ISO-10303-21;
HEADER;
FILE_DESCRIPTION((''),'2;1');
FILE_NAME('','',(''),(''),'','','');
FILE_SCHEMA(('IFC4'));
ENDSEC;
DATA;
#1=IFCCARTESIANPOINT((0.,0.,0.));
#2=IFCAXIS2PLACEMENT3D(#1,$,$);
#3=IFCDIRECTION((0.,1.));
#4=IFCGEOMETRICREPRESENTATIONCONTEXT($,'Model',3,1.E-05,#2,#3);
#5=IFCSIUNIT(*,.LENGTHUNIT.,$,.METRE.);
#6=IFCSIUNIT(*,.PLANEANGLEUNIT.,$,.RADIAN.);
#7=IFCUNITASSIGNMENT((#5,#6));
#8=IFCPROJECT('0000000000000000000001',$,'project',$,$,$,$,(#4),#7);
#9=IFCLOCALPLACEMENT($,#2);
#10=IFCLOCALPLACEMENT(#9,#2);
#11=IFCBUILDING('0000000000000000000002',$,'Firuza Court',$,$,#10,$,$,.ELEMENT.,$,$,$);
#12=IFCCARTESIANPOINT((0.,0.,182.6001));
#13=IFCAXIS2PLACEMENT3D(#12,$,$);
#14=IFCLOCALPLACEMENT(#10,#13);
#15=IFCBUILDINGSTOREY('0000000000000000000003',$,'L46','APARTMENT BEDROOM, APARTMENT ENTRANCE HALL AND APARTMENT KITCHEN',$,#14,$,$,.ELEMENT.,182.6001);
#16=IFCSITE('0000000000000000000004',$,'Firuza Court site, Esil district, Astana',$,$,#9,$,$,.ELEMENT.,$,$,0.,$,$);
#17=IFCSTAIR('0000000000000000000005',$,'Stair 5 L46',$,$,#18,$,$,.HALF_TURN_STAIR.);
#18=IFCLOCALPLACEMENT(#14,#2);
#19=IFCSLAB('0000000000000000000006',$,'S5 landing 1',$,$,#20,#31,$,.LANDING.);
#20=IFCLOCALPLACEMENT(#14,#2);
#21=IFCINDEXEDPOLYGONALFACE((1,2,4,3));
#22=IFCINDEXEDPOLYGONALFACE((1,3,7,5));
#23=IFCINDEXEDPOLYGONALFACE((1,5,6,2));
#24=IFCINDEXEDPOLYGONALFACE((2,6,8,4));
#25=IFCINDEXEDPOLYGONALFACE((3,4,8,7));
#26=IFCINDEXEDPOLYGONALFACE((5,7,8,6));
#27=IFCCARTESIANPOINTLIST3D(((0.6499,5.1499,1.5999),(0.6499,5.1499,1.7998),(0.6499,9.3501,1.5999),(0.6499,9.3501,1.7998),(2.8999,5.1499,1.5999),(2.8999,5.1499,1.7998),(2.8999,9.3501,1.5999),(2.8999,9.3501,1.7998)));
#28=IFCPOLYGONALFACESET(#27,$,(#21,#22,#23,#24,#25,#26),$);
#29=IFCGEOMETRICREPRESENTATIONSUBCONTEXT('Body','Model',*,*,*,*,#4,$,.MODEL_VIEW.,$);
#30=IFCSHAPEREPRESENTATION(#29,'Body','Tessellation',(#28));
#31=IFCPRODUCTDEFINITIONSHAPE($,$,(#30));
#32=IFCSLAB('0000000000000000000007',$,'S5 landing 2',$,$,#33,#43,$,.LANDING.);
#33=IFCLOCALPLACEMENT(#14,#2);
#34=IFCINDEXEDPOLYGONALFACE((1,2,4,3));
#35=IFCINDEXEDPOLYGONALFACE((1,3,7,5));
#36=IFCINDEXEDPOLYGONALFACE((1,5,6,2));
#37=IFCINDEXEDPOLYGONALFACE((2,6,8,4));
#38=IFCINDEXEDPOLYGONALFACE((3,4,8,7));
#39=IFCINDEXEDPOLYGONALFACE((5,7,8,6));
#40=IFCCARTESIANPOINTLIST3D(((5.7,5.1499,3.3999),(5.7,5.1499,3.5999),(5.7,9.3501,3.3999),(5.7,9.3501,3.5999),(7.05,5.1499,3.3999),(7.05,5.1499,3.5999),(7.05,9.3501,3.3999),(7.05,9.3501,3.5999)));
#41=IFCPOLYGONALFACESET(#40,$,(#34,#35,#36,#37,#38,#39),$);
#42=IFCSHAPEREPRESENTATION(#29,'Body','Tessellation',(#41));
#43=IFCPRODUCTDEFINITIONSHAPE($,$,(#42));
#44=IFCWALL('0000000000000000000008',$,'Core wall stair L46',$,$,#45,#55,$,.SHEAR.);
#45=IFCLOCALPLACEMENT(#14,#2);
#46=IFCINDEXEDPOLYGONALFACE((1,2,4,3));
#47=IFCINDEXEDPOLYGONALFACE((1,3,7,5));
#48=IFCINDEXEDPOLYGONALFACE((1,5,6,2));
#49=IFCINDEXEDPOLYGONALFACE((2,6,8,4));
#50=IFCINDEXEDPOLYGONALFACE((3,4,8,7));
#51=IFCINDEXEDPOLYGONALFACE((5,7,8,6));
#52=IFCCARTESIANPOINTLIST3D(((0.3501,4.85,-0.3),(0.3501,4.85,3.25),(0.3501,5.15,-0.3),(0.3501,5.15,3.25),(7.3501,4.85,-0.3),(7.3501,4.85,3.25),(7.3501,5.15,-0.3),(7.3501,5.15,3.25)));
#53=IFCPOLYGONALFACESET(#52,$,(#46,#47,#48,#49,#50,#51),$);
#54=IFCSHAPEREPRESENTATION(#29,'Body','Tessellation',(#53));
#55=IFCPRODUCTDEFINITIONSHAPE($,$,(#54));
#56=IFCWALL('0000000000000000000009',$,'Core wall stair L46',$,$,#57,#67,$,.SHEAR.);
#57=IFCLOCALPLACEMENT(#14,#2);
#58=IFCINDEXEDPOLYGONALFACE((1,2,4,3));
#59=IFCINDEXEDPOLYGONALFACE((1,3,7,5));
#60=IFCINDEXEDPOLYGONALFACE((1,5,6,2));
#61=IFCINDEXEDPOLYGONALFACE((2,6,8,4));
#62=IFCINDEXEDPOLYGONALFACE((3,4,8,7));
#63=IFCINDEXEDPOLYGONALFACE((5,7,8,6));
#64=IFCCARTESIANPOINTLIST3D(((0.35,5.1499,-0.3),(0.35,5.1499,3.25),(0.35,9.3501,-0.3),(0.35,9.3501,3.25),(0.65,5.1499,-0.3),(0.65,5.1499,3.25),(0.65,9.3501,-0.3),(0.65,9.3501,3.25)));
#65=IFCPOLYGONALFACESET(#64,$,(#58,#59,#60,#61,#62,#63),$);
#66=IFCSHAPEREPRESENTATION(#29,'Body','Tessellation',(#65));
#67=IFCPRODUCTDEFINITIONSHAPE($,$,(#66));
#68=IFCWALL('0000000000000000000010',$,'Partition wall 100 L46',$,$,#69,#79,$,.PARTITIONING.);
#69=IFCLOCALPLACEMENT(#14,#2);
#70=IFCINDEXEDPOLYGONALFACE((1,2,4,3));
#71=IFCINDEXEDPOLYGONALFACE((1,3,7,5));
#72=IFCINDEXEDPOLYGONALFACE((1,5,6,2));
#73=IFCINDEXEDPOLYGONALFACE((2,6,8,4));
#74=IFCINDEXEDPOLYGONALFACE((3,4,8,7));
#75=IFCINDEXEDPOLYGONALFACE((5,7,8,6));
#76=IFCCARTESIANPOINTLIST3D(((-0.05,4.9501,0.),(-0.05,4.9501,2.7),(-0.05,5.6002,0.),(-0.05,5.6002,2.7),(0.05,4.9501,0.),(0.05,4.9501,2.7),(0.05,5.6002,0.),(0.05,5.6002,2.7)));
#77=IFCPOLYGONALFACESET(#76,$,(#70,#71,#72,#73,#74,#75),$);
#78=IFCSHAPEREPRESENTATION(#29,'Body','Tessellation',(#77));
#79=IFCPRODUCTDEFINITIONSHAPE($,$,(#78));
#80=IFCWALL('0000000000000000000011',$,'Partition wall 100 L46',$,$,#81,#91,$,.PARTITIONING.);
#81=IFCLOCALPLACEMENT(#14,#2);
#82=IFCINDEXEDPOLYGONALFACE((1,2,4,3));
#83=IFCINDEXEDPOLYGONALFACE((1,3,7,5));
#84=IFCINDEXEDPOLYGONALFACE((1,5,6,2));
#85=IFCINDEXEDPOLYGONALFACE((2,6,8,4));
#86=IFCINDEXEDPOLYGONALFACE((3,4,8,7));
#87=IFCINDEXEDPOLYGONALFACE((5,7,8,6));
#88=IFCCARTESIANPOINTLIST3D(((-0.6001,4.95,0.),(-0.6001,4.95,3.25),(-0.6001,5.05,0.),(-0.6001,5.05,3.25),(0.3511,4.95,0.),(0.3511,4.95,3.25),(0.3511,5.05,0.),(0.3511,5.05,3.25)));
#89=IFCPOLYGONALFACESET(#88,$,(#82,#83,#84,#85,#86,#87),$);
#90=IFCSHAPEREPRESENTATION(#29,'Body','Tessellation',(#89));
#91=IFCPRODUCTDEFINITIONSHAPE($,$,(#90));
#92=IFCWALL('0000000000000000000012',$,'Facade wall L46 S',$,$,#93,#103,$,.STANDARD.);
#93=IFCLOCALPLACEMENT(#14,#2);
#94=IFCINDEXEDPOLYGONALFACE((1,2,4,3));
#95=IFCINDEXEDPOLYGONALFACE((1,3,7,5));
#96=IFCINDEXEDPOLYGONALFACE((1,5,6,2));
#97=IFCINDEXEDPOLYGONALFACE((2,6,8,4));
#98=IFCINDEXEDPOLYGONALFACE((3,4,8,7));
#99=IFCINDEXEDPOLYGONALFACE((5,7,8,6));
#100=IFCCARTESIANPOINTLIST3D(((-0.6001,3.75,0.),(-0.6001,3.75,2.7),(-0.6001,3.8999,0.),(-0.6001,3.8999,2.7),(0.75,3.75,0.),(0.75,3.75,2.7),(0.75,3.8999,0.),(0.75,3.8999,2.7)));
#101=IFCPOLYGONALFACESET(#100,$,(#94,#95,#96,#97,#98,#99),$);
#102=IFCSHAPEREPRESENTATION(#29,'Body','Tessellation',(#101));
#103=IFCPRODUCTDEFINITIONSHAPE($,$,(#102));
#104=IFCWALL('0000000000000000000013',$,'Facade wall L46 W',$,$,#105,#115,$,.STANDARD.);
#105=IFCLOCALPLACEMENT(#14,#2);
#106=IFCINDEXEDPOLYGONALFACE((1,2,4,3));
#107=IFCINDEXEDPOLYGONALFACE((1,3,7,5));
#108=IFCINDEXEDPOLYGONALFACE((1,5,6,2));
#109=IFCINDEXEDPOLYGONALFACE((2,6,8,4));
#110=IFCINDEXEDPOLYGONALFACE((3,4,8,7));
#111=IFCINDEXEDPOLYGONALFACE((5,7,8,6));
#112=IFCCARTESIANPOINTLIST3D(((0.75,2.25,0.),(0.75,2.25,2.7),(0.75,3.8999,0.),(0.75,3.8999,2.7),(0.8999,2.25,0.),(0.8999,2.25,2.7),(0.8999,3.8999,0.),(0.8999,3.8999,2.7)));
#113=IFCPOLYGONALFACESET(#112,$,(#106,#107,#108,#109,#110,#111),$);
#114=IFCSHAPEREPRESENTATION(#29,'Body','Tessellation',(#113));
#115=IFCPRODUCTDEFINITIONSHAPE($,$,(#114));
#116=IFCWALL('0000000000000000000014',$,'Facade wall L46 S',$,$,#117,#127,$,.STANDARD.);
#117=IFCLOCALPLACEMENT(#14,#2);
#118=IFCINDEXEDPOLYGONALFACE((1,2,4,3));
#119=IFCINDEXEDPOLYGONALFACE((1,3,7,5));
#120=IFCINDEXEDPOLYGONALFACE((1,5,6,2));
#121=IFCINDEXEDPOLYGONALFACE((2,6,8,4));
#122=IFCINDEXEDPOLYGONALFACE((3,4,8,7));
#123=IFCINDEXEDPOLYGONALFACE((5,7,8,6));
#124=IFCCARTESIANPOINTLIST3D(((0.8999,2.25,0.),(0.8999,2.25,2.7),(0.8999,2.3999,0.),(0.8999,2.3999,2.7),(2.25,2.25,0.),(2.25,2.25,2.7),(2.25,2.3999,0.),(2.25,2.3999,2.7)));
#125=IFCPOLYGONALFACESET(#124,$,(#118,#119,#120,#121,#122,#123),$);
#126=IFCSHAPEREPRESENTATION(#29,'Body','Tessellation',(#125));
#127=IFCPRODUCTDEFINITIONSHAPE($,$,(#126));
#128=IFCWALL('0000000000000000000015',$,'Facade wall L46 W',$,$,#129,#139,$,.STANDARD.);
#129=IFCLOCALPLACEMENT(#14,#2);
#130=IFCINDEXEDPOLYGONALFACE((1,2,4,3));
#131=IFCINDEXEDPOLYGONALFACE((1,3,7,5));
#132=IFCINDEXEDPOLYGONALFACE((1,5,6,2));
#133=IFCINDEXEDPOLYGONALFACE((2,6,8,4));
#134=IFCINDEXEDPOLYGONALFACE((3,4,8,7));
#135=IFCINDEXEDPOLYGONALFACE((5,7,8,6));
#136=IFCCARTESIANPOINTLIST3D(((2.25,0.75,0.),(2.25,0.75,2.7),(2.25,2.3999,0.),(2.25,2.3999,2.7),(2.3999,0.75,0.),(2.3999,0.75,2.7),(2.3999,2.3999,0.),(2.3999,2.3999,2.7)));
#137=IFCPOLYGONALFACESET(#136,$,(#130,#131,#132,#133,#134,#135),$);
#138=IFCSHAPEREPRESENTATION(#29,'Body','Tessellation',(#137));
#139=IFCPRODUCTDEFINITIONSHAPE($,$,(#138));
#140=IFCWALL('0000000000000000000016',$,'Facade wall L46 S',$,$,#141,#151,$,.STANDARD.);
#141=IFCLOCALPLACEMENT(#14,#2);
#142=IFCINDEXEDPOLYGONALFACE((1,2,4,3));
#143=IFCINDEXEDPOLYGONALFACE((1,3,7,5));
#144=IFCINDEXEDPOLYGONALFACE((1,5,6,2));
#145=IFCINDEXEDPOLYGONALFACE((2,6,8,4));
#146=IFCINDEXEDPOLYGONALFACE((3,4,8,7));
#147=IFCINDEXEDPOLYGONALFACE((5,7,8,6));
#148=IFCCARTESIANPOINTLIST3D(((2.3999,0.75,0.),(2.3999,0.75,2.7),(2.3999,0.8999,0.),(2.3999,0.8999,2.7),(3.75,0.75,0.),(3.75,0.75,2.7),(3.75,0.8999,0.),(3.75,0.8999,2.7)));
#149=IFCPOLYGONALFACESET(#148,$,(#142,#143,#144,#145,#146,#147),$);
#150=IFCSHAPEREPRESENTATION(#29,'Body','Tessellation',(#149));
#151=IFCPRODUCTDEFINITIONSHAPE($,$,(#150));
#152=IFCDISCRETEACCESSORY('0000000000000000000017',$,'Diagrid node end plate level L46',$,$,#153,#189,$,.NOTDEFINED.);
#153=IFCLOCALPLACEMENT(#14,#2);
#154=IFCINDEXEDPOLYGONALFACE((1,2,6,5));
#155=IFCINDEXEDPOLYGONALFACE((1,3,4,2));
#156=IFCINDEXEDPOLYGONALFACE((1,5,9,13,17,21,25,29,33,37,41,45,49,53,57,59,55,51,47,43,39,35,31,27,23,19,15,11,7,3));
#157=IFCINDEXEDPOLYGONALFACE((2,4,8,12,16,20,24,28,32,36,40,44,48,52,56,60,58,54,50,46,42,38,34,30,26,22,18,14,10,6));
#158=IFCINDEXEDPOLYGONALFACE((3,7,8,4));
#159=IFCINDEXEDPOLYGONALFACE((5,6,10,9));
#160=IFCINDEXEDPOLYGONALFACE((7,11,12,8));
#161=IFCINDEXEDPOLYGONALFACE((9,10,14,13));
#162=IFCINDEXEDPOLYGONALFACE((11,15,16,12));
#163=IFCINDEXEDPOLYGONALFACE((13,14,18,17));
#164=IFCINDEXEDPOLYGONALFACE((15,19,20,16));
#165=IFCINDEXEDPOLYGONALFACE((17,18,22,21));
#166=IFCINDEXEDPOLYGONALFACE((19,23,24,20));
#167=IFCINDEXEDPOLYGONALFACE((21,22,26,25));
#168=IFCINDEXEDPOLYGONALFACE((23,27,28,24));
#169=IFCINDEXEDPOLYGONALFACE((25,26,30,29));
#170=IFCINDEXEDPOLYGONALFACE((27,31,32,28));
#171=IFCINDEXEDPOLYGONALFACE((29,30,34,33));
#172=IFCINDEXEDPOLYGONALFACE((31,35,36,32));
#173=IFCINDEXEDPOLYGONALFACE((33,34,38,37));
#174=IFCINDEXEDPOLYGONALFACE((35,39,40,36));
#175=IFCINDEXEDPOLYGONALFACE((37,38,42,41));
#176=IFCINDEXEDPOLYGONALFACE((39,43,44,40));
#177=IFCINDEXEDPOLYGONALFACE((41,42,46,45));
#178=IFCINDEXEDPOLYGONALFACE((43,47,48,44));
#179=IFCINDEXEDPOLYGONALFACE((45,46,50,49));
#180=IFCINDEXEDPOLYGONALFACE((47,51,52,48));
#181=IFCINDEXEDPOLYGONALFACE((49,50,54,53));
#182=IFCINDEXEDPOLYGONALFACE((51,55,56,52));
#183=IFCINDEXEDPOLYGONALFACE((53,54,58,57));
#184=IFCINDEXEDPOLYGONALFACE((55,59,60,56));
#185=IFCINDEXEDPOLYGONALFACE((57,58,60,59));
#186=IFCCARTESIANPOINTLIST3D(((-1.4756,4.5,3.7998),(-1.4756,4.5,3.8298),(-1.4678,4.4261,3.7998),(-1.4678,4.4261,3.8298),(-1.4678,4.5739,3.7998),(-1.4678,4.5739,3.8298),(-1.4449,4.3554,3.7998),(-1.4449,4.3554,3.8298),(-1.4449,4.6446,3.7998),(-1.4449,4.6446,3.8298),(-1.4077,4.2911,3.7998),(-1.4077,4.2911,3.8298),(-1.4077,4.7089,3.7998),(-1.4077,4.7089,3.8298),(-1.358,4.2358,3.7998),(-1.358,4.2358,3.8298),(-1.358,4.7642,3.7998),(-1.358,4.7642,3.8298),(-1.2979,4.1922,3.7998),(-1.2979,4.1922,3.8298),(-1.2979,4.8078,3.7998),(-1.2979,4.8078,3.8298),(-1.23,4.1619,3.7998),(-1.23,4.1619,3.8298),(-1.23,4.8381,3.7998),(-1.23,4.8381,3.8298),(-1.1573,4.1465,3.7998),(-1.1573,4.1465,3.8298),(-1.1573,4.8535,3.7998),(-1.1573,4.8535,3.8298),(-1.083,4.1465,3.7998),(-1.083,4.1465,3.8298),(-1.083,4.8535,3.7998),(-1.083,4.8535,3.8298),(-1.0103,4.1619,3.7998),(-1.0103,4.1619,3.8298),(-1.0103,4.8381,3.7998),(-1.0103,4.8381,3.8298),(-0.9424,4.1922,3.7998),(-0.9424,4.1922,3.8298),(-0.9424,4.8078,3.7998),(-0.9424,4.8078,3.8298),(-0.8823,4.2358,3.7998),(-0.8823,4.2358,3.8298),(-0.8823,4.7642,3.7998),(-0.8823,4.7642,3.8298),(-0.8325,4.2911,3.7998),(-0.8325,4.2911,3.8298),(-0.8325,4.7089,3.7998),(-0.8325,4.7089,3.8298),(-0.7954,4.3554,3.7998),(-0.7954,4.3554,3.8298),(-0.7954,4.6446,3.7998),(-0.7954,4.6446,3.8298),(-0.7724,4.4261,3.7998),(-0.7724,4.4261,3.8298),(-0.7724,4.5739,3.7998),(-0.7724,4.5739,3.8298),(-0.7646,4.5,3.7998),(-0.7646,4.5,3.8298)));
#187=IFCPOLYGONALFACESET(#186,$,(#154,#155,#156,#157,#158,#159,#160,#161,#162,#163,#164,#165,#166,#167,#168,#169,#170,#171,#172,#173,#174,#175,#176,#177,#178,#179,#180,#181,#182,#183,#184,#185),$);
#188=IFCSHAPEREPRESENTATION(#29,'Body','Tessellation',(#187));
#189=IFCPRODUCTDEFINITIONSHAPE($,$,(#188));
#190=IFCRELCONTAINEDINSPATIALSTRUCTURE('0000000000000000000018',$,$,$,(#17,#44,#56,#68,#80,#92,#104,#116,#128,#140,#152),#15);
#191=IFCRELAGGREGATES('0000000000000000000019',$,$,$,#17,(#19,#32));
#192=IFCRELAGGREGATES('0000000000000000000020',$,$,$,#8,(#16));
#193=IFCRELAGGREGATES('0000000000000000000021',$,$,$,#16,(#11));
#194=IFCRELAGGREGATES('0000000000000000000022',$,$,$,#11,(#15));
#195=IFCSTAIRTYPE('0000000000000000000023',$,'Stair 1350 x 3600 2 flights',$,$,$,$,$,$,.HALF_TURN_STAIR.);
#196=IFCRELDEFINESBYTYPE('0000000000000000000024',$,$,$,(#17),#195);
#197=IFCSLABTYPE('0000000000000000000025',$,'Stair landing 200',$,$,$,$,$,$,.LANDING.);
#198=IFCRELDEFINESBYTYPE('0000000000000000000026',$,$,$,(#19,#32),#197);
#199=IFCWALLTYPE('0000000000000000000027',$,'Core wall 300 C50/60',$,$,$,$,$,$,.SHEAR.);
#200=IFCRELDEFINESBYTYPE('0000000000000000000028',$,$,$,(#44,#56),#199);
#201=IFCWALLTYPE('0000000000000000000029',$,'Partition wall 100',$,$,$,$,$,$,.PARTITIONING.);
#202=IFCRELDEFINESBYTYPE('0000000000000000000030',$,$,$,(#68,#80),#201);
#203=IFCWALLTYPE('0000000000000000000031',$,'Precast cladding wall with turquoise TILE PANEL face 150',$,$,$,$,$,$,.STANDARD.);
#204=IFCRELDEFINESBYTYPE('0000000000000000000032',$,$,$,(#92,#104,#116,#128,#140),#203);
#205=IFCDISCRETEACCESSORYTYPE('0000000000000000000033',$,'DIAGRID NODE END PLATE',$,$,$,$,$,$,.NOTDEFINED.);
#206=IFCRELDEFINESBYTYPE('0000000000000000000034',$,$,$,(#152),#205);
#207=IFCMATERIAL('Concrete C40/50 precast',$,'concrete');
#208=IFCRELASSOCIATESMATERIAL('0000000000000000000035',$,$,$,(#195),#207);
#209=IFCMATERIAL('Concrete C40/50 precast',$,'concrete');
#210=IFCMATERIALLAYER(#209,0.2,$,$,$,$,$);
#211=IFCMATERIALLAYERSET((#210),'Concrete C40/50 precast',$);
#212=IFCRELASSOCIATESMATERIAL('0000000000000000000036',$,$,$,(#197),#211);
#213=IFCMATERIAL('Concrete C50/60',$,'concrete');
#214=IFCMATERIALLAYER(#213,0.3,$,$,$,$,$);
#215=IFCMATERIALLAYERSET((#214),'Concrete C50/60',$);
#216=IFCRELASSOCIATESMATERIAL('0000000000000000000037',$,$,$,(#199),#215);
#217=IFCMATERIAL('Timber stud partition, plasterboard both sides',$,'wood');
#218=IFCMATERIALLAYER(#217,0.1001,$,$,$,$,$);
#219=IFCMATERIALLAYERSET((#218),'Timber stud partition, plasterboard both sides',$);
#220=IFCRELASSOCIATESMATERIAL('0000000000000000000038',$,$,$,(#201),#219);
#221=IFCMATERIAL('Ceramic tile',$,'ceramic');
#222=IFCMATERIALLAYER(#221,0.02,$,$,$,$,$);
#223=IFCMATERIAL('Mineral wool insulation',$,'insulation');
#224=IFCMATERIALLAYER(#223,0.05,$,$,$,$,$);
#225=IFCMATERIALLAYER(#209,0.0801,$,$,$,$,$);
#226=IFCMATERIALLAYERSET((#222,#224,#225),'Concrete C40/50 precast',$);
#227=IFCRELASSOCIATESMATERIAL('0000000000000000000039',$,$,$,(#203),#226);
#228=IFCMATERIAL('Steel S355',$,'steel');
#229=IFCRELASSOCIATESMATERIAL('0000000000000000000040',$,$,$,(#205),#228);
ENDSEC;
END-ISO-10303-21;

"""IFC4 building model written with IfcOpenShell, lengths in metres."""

from ifc_helpers import new_model, si_unit, direction, frame, frame_2d, origin, origin_2d, place, context, subcontext, project, spatial, polyline, rectangle, circle, outline, extrude, material, layer, layer_set, material_profile, profile_set, type_object, element, aggregate, save


model = new_model("IFC4")

# Units and contexts
model_context = context("Model", 3, precision=1e-05, world=origin(), true_north=direction((0.0, 1.0)))
body_context = subcontext(model_context, "Body", "Model", "MODEL_VIEW")
ifc_project = project(units=[si_unit("LENGTHUNIT", "METRE"), si_unit("PLANEANGLEUNIT", "RADIAN")], contexts=[model_context])

# Site, building, storey
site_placement = place(None, origin())
site = spatial("IfcSite", under=ifc_project, at=site_placement, Name="Firuza Court site, Esil district, Astana", CompositionType="ELEMENT", RefElevation=0.0)
building_placement = place(site_placement, origin())
building = spatial("IfcBuilding", under=site, at=building_placement, Name="Firuza Court", CompositionType="ELEMENT")
storey_placement = place(building_placement, frame((0.0, 0.0, 182.6001)))
storey = spatial("IfcBuildingStorey", under=building, at=storey_placement, Name="L46", Description="APARTMENT BEDROOM, APARTMENT ENTRANCE HALL AND APARTMENT KITCHEN", CompositionType="ELEMENT", Elevation=182.6001)

# Stair, slabs
ifc_material_1 = material(Name="Concrete C40/50 precast", Category="concrete")
stair_type = type_object("IfcStairType", Name="Stair 1350 x 3600 2 flights", PredefinedType="HALF_TURN_STAIR", material=ifc_material_1)
ifc_material_2 = material(Name="Concrete C40/50 precast", Category="concrete")
ifc_layer_1 = layer(ifc_material_2, 0.2)
ifc_layer_set_1 = layer_set([ifc_layer_1], Name="Concrete C40/50 precast")
slab_type_1 = type_object("IfcSlabType", Name="Stair landing 200", PredefinedType="LANDING", material=ifc_layer_set_1)
stair_1_placement = place(storey_placement, origin())
stair_1 = element("IfcStair", 1, at=stair_1_placement, inside=storey, type_object=stair_type, Name="Stair 5 L46", PredefinedType="HALF_TURN_STAIR")
slab_1_placement = place(storey_placement, frame((0.0, 0.0, 1.5999)))
slab_1 = element("IfcSlab", 2, at=slab_1_placement, type_object=slab_type_1, Name="S5 landing 1", PredefinedType="LANDING", context=body_context, shape_type="SweptSolid", body=[
    extrude(outline(polyline([(2.8999, 5.1499), (2.8999, 9.3501), (0.6499, 9.3501), (0.6499, 5.1499), (2.8999, 5.1499)])), origin(), (0.0, 0.0, 1.0), 0.2),
])
slab_2_placement = place(storey_placement, frame((0.0, 0.0, 3.3999)))
slab_2 = element("IfcSlab", 3, at=slab_2_placement, type_object=slab_type_1, Name="S5 landing 2", PredefinedType="LANDING", context=body_context, shape_type="SweptSolid", body=[
    extrude(outline(polyline([(7.05, 5.1499), (7.05, 9.3501), (5.7, 9.3501), (5.7, 5.1499), (7.05, 5.1499)])), origin(), (0.0, 0.0, 1.0), 0.2),
])
aggregate(stair_1, [slab_1, slab_2])

# Walls
ifc_material_3 = material(Name="Concrete C50/60", Category="concrete")
ifc_layer_2 = layer(ifc_material_3, 0.3)
ifc_layer_set_2 = layer_set([ifc_layer_2], Name="Concrete C50/60")
wall_type_1 = type_object("IfcWallType", Name="Core wall 300 C50/60", PredefinedType="SHEAR", material=ifc_layer_set_2)
wall_1_placement = place(storey_placement, frame((0.3501, 5.0, -0.3), z_axis=(0.0, 0.0, 1.0), x_axis=(1.0, 0.0, 0.0)))
element("IfcWall", 4, at=wall_1_placement, inside=storey, type_object=wall_type_1, Name="Core wall stair L46", PredefinedType="SHEAR", context=body_context, shape_type="SweptSolid", body=[
    extrude(rectangle(XDim=7.0, YDim=0.3, at=frame_2d((3.5, 0.0))), origin(), (0.0, 0.0, 1.0), 3.55),
])
wall_2_placement = place(storey_placement, frame((0.5, 5.1499, -0.3), z_axis=(0.0, 0.0, 1.0), x_axis=(0.0, 1.0, 0.0)))
element("IfcWall", 5, at=wall_2_placement, inside=storey, type_object=wall_type_1, Name="Core wall stair L46", PredefinedType="SHEAR", context=body_context, shape_type="SweptSolid", body=[
    extrude(rectangle(XDim=4.2002, YDim=0.3, at=frame_2d((2.1001, 0.0))), origin(), (0.0, 0.0, 1.0), 3.55),
])
ifc_material_4 = material(Name="Timber stud partition, plasterboard both sides", Category="wood")
ifc_layer_3 = layer(ifc_material_4, 0.1001)
ifc_layer_set_3 = layer_set([ifc_layer_3], Name="Timber stud partition, plasterboard both sides")
wall_type_2 = type_object("IfcWallType", Name="Partition wall 100", PredefinedType="PARTITIONING", material=ifc_layer_set_3)
wall_3_placement = place(storey_placement, frame((0.0, 4.95, 0.0), z_axis=(0.0, 0.0, 1.0), x_axis=(0.0, 1.0, 0.0)))
element("IfcWall", 6, at=wall_3_placement, inside=storey, type_object=wall_type_2, Name="Partition wall 100 L46", PredefinedType="PARTITIONING", context=body_context, shape_type="SweptSolid", body=[
    extrude(rectangle(XDim=0.6501, YDim=0.1001, at=frame_2d((0.3252, 0.0))), origin(), (0.0, 0.0, 1.0), 2.7),
])
wall_4_placement = place(storey_placement, frame((-0.6001, 5.0, 0.0), z_axis=(0.0, 0.0, 1.0), x_axis=(1.0, 0.0, 0.0)))
element("IfcWall", 7, at=wall_4_placement, inside=storey, type_object=wall_type_2, Name="Partition wall 100 L46", PredefinedType="PARTITIONING", context=body_context, shape_type="SweptSolid", body=[
    extrude(rectangle(XDim=0.9512, YDim=0.1001, at=frame_2d((0.4756, 0.0))), origin(), (0.0, 0.0, 1.0), 3.25),
])
ifc_material_5 = material(Name="Ceramic tile", Category="ceramic")
ifc_layer_4 = layer(ifc_material_5, 0.02)
ifc_material_6 = material(Name="Mineral wool insulation", Category="insulation")
ifc_layer_5 = layer(ifc_material_6, 0.05)
ifc_layer_6 = layer(ifc_material_2, 0.0801)
ifc_layer_set_4 = layer_set([ifc_layer_4, ifc_layer_5, ifc_layer_6], Name="Concrete C40/50 precast")
wall_type_3 = type_object("IfcWallType", Name="Precast cladding wall with turquoise TILE PANEL face 150", PredefinedType="STANDARD", material=ifc_layer_set_4)
wall_5_placement = place(storey_placement, frame((-0.6001, 3.825, 0.0), z_axis=(0.0, 0.0, 1.0), x_axis=(1.0, 0.0, 0.0)))
element("IfcWall", 8, at=wall_5_placement, inside=storey, type_object=wall_type_3, Name="Facade wall L46 S", PredefinedType="STANDARD", context=body_context, shape_type="SweptSolid", body=[
    extrude(rectangle(XDim=1.3501, YDim=0.1499, at=frame_2d((0.675, 0.0))), origin(), (0.0, 0.0, 1.0), 2.7),
])
wall_6_placement = place(storey_placement, frame((0.825, 3.8999, 0.0), z_axis=(0.0, 0.0, 1.0), x_axis=(0.0, -1.0, 0.0)))
element("IfcWall", 9, at=wall_6_placement, inside=storey, type_object=wall_type_3, Name="Facade wall L46 W", PredefinedType="STANDARD", context=body_context, shape_type="SweptSolid", body=[
    extrude(rectangle(XDim=1.6499, YDim=0.1499, at=frame_2d((0.825, 0.0))), origin(), (0.0, 0.0, 1.0), 2.7),
])
wall_7_placement = place(storey_placement, frame((0.8999, 2.325, 0.0), z_axis=(0.0, 0.0, 1.0), x_axis=(1.0, 0.0, 0.0)))
element("IfcWall", 10, at=wall_7_placement, inside=storey, type_object=wall_type_3, Name="Facade wall L46 S", PredefinedType="STANDARD", context=body_context, shape_type="SweptSolid", body=[
    extrude(rectangle(XDim=1.3501, YDim=0.1499, at=frame_2d((0.675, 0.0))), origin(), (0.0, 0.0, 1.0), 2.7),
])
wall_8_placement = place(storey_placement, frame((2.325, 2.3999, 0.0), z_axis=(0.0, 0.0, 1.0), x_axis=(0.0, -1.0, 0.0)))
element("IfcWall", 11, at=wall_8_placement, inside=storey, type_object=wall_type_3, Name="Facade wall L46 W", PredefinedType="STANDARD", context=body_context, shape_type="SweptSolid", body=[
    extrude(rectangle(XDim=1.6499, YDim=0.1499, at=frame_2d((0.825, 0.0))), origin(), (0.0, 0.0, 1.0), 2.7),
])
wall_9_placement = place(storey_placement, frame((2.3999, 0.825, 0.0), z_axis=(0.0, 0.0, 1.0), x_axis=(1.0, 0.0, 0.0)))
element("IfcWall", 12, at=wall_9_placement, inside=storey, type_object=wall_type_3, Name="Facade wall L46 S", PredefinedType="STANDARD", context=body_context, shape_type="SweptSolid", body=[
    extrude(rectangle(XDim=1.3501, YDim=0.1499, at=frame_2d((0.675, 0.0))), origin(), (0.0, 0.0, 1.0), 2.7),
])

# Discrete accessory
ifc_material_7 = material(Name="Steel S355", Category="steel")
ifc_material_profile_1 = material_profile(ifc_material_7, circle(Radius=0.3555, at=origin_2d()), Name="PL D711")
ifc_profile_set_1 = profile_set([ifc_material_profile_1], Name="Steel S355")
discrete_accessory_type = type_object("IfcDiscreteAccessoryType", Name="DIAGRID NODE END PLATE", PredefinedType="NOTDEFINED", material=ifc_profile_set_1)
for number, where, z_axis, x_axis, name in (
    (13, (-1.1201, 4.5, 3.7998), (0.0, 0.0, 1.0), (1.0, 0.0, 0.0), "Diagrid node end plate level L46"),
):
    element("IfcDiscreteAccessory", number, at=place(storey_placement, frame(where, z_axis=z_axis, x_axis=x_axis)), inside=storey, type_object=discrete_accessory_type, Name=name, PredefinedType="NOTDEFINED", context=body_context, shape_type="SweptSolid", body=[
        extrude(circle(Radius=0.3555, at=origin_2d()), origin(), (0.0, 0.0, 1.0), 0.03),
    ])

save(model, "model.ifc")
